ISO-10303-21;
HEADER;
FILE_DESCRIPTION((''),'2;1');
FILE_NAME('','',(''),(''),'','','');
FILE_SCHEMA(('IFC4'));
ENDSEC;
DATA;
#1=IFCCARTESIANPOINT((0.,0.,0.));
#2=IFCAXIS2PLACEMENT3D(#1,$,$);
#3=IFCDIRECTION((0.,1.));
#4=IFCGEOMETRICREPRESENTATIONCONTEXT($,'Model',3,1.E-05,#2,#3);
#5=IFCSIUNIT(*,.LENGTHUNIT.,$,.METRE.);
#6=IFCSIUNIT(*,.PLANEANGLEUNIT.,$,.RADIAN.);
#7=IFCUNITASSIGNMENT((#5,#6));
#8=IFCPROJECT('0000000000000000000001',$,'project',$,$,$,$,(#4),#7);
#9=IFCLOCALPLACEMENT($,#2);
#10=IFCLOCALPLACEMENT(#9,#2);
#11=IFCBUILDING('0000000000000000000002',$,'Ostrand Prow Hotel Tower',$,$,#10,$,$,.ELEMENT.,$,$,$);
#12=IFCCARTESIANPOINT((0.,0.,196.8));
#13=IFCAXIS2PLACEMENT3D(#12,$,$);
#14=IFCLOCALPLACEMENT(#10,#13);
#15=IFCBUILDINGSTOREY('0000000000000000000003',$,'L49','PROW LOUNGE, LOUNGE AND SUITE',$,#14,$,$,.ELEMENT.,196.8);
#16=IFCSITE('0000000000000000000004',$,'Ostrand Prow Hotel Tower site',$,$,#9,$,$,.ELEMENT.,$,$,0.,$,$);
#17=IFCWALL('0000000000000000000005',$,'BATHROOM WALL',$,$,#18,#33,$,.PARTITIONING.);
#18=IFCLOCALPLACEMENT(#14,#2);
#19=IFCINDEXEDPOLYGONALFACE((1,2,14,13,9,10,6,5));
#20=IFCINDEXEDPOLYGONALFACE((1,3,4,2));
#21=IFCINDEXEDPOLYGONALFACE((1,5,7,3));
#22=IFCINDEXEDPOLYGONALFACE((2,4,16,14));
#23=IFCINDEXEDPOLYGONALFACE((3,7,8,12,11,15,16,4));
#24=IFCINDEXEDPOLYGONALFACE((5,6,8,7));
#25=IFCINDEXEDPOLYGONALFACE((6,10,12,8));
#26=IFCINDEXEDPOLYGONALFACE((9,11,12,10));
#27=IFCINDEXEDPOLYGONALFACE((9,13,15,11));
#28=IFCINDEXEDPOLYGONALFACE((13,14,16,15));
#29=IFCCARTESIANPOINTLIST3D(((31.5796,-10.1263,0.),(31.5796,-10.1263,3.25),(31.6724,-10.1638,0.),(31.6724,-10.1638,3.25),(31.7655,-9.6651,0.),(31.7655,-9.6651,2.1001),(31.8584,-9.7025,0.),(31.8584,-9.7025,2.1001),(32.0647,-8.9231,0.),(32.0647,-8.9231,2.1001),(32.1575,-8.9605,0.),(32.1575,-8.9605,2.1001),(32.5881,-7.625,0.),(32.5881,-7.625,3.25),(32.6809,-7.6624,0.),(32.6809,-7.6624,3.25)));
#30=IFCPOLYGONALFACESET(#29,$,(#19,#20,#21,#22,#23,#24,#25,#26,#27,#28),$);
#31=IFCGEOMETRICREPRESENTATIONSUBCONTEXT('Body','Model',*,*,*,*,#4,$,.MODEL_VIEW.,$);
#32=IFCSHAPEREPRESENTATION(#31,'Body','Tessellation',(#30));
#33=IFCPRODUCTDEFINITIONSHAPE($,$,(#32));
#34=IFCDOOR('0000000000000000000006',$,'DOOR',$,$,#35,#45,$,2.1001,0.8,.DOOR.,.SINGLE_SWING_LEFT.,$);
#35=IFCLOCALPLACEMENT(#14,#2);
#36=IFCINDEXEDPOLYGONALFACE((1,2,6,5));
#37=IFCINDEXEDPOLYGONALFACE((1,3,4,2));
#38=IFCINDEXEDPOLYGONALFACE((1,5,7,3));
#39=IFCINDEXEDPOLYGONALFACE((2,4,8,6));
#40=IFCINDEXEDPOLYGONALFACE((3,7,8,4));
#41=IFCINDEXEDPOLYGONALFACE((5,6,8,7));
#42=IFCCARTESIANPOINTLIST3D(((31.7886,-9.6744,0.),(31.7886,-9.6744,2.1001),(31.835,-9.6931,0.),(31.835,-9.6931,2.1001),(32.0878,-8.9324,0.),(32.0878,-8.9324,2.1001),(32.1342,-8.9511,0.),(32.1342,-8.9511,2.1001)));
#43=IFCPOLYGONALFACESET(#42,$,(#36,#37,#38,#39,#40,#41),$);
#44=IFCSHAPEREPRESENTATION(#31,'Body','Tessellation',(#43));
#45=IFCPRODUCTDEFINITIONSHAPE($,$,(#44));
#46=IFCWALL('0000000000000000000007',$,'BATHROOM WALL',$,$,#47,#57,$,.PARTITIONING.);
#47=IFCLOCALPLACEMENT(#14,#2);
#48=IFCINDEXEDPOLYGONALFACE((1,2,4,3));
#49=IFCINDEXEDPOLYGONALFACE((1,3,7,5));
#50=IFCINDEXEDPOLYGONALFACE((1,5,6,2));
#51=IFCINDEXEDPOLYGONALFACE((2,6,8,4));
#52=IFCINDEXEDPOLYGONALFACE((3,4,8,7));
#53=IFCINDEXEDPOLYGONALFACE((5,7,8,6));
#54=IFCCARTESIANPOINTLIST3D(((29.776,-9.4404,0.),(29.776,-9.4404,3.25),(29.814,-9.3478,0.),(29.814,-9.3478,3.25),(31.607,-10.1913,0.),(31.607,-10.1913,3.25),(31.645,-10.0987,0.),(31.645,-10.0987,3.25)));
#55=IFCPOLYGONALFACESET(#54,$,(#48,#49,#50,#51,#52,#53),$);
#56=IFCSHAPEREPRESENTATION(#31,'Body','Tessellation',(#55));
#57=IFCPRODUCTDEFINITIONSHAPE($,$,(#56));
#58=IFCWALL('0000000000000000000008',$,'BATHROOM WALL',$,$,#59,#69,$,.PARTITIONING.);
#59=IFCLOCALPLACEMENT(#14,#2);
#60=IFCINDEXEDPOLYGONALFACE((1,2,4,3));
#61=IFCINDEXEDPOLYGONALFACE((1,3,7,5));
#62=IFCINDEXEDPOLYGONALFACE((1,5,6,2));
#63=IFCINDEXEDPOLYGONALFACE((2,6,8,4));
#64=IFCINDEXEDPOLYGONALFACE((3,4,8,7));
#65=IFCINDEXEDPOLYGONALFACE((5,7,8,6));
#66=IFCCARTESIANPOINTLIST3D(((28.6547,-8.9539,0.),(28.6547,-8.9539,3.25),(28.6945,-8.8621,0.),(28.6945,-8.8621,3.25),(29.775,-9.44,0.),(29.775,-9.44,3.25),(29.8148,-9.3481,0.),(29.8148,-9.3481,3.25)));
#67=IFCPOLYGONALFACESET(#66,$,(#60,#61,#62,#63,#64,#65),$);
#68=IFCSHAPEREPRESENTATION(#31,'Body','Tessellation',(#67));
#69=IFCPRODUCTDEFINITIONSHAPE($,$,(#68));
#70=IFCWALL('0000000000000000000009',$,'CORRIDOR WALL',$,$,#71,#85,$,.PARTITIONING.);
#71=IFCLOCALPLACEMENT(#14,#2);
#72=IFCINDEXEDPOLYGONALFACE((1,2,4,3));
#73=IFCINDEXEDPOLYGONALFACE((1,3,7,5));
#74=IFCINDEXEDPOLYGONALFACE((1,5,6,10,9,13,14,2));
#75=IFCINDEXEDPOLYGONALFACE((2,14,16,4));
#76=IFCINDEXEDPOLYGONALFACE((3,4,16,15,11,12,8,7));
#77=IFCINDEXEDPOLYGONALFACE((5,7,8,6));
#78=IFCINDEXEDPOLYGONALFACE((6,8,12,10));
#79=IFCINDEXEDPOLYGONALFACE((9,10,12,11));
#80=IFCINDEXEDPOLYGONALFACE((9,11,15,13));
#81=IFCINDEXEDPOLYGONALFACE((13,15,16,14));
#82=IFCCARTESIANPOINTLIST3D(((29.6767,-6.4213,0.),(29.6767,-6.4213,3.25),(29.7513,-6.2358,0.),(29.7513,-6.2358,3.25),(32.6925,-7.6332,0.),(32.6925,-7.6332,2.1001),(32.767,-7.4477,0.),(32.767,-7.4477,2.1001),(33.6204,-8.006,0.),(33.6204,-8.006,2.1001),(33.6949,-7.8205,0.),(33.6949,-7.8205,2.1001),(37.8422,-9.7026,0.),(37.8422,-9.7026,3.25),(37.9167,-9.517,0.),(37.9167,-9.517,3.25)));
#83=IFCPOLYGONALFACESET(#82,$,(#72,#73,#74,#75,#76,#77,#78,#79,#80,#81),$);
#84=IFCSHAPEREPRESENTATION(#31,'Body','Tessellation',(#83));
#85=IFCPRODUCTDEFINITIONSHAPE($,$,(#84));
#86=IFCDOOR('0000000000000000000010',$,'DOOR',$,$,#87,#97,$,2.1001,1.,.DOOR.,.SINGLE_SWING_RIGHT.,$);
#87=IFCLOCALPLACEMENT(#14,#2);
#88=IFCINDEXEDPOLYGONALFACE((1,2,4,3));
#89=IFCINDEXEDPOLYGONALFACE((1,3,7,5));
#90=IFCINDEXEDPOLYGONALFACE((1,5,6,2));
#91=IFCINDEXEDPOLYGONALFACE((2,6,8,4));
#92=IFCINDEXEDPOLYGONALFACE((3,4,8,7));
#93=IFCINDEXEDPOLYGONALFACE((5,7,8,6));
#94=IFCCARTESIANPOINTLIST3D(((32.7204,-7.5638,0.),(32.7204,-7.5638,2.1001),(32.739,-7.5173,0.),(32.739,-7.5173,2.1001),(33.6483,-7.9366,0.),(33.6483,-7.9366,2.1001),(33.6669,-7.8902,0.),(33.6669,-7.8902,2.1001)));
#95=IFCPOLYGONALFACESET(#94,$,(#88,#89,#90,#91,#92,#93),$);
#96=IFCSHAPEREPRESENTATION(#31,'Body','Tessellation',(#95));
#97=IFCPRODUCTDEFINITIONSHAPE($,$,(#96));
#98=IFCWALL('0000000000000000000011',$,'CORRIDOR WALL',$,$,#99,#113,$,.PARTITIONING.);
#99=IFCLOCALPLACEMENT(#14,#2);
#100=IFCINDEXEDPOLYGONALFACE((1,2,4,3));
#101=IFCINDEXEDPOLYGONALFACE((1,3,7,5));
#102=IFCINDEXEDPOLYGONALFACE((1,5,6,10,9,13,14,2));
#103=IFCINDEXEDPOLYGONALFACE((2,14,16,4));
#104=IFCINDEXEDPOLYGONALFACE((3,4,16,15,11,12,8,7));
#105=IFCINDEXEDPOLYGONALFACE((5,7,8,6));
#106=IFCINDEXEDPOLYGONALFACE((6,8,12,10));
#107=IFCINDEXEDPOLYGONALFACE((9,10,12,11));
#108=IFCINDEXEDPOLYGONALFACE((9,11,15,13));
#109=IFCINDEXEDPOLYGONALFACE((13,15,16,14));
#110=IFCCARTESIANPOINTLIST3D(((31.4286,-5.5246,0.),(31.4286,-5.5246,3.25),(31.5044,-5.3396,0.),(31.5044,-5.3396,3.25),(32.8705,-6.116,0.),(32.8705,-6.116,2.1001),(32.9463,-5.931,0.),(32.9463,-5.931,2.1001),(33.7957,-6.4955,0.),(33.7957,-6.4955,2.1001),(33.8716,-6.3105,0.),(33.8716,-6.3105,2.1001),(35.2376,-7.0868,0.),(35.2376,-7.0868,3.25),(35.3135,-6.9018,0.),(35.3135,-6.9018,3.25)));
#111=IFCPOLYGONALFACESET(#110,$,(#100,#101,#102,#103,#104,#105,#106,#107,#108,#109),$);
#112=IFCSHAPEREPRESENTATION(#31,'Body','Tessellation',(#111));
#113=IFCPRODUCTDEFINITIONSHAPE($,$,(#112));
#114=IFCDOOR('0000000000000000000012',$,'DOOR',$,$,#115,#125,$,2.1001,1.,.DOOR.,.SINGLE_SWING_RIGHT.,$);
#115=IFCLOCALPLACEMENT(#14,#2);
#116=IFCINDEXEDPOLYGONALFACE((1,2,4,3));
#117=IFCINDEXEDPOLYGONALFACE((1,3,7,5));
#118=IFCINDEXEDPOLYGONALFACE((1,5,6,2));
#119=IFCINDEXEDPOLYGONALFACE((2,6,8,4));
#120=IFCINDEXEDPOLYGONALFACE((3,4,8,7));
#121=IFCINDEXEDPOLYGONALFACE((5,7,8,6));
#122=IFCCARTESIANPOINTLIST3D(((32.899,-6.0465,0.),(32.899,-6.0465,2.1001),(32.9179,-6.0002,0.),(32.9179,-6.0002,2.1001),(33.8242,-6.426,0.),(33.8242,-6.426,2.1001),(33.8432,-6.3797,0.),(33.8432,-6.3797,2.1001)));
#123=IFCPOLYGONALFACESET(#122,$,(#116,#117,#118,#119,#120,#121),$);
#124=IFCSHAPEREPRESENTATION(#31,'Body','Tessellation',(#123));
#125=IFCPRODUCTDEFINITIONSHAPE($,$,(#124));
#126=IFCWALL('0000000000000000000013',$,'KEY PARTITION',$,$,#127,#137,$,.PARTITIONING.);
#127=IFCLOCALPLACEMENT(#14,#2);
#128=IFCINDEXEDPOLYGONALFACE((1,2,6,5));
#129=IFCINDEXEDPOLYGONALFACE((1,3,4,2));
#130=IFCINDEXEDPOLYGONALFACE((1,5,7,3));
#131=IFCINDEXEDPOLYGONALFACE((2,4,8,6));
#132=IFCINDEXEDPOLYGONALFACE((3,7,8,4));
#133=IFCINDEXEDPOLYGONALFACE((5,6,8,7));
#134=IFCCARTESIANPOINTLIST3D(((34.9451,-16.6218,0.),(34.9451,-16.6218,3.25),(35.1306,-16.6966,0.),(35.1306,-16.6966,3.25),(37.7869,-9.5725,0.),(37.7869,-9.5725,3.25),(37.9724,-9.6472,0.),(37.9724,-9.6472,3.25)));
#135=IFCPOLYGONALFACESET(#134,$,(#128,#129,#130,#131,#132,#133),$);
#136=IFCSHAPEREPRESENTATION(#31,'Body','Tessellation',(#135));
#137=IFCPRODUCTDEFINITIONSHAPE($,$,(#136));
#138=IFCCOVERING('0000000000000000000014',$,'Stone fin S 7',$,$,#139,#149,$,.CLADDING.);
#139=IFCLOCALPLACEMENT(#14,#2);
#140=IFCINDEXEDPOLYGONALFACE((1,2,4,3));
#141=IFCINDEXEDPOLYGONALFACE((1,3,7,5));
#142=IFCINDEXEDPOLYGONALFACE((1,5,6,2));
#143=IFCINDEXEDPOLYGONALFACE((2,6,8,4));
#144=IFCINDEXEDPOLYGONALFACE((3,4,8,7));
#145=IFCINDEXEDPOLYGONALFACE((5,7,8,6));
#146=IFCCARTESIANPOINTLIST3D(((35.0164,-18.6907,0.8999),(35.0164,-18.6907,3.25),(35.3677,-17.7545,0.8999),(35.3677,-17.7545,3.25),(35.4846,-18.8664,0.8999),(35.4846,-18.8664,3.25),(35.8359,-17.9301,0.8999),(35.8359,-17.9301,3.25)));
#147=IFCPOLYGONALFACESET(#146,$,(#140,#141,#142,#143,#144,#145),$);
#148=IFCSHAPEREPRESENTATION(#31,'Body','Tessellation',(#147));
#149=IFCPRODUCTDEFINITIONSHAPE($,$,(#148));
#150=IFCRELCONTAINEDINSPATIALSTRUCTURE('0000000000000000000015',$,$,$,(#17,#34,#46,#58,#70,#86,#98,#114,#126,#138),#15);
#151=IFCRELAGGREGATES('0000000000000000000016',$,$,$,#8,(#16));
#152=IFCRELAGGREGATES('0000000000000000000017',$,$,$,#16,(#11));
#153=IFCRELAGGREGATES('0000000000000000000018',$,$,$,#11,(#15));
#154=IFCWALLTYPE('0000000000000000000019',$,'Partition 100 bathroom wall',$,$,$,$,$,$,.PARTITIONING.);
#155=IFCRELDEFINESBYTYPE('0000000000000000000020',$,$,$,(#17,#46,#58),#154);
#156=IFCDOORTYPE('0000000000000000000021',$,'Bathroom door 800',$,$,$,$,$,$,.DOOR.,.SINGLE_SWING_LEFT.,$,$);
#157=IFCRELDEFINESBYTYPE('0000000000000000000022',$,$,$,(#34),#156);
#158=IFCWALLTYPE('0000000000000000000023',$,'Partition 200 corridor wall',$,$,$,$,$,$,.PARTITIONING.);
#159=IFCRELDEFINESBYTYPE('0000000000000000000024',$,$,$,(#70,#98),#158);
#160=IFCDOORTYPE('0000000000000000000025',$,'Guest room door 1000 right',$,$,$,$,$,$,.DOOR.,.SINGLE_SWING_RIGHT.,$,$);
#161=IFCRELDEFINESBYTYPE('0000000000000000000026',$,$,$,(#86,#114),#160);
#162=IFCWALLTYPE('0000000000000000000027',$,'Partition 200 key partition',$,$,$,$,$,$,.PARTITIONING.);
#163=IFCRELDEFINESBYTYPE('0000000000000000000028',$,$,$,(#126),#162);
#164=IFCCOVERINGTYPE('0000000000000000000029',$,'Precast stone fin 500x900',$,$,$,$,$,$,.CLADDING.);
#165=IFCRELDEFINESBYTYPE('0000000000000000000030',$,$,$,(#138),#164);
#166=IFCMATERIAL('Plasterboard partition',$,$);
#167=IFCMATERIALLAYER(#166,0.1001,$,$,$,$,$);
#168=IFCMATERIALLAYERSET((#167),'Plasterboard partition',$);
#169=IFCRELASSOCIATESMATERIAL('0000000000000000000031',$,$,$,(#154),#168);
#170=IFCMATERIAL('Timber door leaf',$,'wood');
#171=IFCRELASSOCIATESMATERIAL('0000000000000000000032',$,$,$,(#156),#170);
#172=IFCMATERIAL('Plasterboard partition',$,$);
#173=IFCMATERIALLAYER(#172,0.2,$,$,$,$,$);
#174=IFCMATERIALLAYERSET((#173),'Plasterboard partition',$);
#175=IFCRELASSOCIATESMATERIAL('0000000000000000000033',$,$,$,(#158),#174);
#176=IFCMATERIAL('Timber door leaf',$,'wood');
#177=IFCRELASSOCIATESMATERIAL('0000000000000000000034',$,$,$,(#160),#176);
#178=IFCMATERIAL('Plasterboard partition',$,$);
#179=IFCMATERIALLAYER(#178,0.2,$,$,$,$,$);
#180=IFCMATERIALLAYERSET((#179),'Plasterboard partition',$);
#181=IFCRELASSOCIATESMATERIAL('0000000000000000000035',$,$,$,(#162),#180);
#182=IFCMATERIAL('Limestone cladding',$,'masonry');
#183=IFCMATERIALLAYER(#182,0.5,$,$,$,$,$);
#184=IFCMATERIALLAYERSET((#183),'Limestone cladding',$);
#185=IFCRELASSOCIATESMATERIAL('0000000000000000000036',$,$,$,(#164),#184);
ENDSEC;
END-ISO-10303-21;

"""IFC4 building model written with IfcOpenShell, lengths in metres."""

from ifc_helpers import new_model, si_unit, direction, frame, frame_2d, origin, place, context, subcontext, project, spatial, rectangle, extrude, material, layer, layer_set, type_object, element, fill, save


model = new_model("IFC4")

# Units and contexts
model_context = context("Model", 3, precision=1e-05, world=origin(), true_north=direction((0.0, 1.0)))
body_context = subcontext(model_context, "Body", "Model", "MODEL_VIEW")
ifc_project = project(units=[si_unit("LENGTHUNIT", "METRE"), si_unit("PLANEANGLEUNIT", "RADIAN")], contexts=[model_context])

# Site, building, storey
site_placement = place(None, origin())
site = spatial("IfcSite", under=ifc_project, at=site_placement, Name="Ostrand Prow Hotel Tower site", CompositionType="ELEMENT", RefElevation=0.0)
building_placement = place(site_placement, origin())
building = spatial("IfcBuilding", under=site, at=building_placement, Name="Ostrand Prow Hotel Tower", CompositionType="ELEMENT")
storey_placement = place(building_placement, frame((0.0, 0.0, 196.8)))
storey = spatial("IfcBuildingStorey", under=building, at=storey_placement, Name="L49", Description="PROW LOUNGE, LOUNGE AND SUITE", CompositionType="ELEMENT", Elevation=196.8)

# Wall, opening, door
ifc_material_1 = material(Name="Plasterboard partition")
ifc_layer_1 = layer(ifc_material_1, 0.1001)
ifc_layer_set_1 = layer_set([ifc_layer_1], Name="Plasterboard partition")
wall_type_1 = type_object("IfcWallType", Name="Partition 100 bathroom wall", PredefinedType="PARTITIONING", material=ifc_layer_set_1)
ifc_material_2 = material(Name="Timber door leaf", Category="wood")
door_type_1 = type_object("IfcDoorType", Name="Bathroom door 800", OperationType="SINGLE_SWING_LEFT", PredefinedType="DOOR", material=ifc_material_2)
wall_1_placement = place(storey_placement, frame((32.6345, -7.6436, 0.0), z_axis=(0.0, 0.0, 1.0), x_axis=(-0.373933, -0.927456, 0.0)))
wall_1 = element("IfcWall", 1, at=wall_1_placement, inside=storey, type_object=wall_type_1, Name="BATHROOM WALL", PredefinedType="PARTITIONING", context=body_context, shape_type="SweptSolid", body=[
    extrude(rectangle(XDim=2.697, YDim=0.1001, at=frame_2d((1.3486, 0.0))), origin(), (0.0, 0.0, 1.0), 3.25),
])
opening_1_placement = place(wall_1_placement, frame((1.3999, 0.0, 0.0)))
opening_1 = element("IfcOpeningElement", 2, at=opening_1_placement, cuts=wall_1, PredefinedType="OPENING", context=body_context, shape_type="SweptSolid", body=[
    extrude(rectangle(XDim=0.8, YDim=2.1001, at=frame_2d((0.3999, 1.05))), frame((0.0, 0.0601, 0.0), z_axis=(0.0, -1.0, 0.0), x_axis=(1.0, 0.0, 0.0)), (0.0, 0.0, 1.0), 0.1201),
])
door_1_placement = place(opening_1_placement, origin())
door_1 = element("IfcDoor", 3, at=door_1_placement, inside=storey, type_object=door_type_1, Name="DOOR", OperationType="SINGLE_SWING_LEFT", OverallHeight=2.1001, OverallWidth=0.8, PredefinedType="DOOR", context=body_context, shape_type="SweptSolid", body=[
    extrude(rectangle(XDim=0.8, YDim=2.1001, at=frame_2d((0.3999, 1.05))), frame((0.0, 0.0249, 0.0), z_axis=(0.0, -1.0, 0.0), x_axis=(1.0, 0.0, 0.0)), (0.0, 0.0, 1.0), 0.05),
])
fill(opening_1, door_1)

# Walls
wall_2_placement = place(storey_placement, frame((31.626, -10.145, 0.0), z_axis=(0.0, 0.0, 1.0), x_axis=(-0.925209, 0.379459, 0.0)))
element("IfcWall", 4, at=wall_2_placement, inside=storey, type_object=wall_type_1, Name="BATHROOM WALL", PredefinedType="PARTITIONING", context=body_context, shape_type="SweptSolid", body=[
    extrude(rectangle(XDim=1.979, YDim=0.1001, at=frame_2d((0.9895, 0.0))), origin(), (0.0, 0.0, 1.0), 3.25),
])
wall_3_placement = place(storey_placement, frame((29.7949, -9.394, 0.0), z_axis=(0.0, 0.0, 1.0), x_axis=(-0.917378, 0.398017, 0.0)))
element("IfcWall", 5, at=wall_3_placement, inside=storey, type_object=wall_type_1, Name="BATHROOM WALL", PredefinedType="PARTITIONING", context=body_context, shape_type="SweptSolid", body=[
    extrude(rectangle(XDim=1.2212, YDim=0.1001, at=frame_2d((0.6106, 0.0))), origin(), (0.0, 0.0, 1.0), 3.25),
])

# Walls, openings, doors
ifc_material_3 = material(Name="Plasterboard partition")
ifc_layer_2 = layer(ifc_material_3, 0.2)
ifc_layer_set_2 = layer_set([ifc_layer_2], Name="Plasterboard partition")
wall_type_2 = type_object("IfcWallType", Name="Partition 200 corridor wall", PredefinedType="PARTITIONING", material=ifc_layer_set_2)
wall_4_placement = place(storey_placement, frame((29.7141, -6.3286, 0.0), z_axis=(0.0, 0.0, 1.0), x_axis=(0.927886, -0.372863, 0.0)))
wall_4 = element("IfcWall", 6, at=wall_4_placement, inside=storey, type_object=wall_type_2, Name="CORRIDOR WALL", PredefinedType="PARTITIONING", context=body_context, shape_type="SweptSolid", body=[
    extrude(rectangle(XDim=8.8, YDim=0.2, at=frame_2d((4.3999, 0.0))), origin(), (0.0, 0.0, 1.0), 3.25),
])
opening_2_placement = place(wall_4_placement, frame((3.25, 0.0, 0.0)))
opening_2 = element("IfcOpeningElement", 7, at=opening_2_placement, cuts=wall_4, PredefinedType="OPENING", context=body_context, shape_type="SweptSolid", body=[
    extrude(rectangle(XDim=1.0, YDim=2.1001, at=frame_2d((0.5, 1.05))), frame((0.0, 0.1099, 0.0), z_axis=(0.0, -1.0, 0.0), x_axis=(1.0, 0.0, 0.0)), (0.0, 0.0, 1.0), 0.22),
])
ifc_material_4 = material(Name="Timber door leaf", Category="wood")
door_type_2 = type_object("IfcDoorType", Name="Guest room door 1000 right", OperationType="SINGLE_SWING_RIGHT", PredefinedType="DOOR", material=ifc_material_4)
door_2_placement = place(opening_2_placement, origin())
door_2 = element("IfcDoor", 8, at=door_2_placement, inside=storey, type_object=door_type_2, Name="DOOR", OperationType="SINGLE_SWING_RIGHT", OverallHeight=2.1001, OverallWidth=1.0, PredefinedType="DOOR", context=body_context, shape_type="SweptSolid", body=[
    extrude(rectangle(XDim=1.0, YDim=2.1001, at=frame_2d((0.5, 1.05))), frame((0.0, 0.0249, 0.0), z_axis=(0.0, -1.0, 0.0), x_axis=(1.0, 0.0, 0.0)), (0.0, 0.0, 1.0), 0.05),
])
fill(opening_2, door_2)
wall_5_placement = place(storey_placement, frame((35.2756, -6.9944, 0.0), z_axis=(0.0, 0.0, 1.0), x_axis=(-0.925207, 0.379464, 0.0)))
wall_5 = element("IfcWall", 9, at=wall_5_placement, inside=storey, type_object=wall_type_2, Name="CORRIDOR WALL", PredefinedType="PARTITIONING", context=body_context, shape_type="SweptSolid", body=[
    extrude(rectangle(XDim=4.1169, YDim=0.2, at=frame_2d((2.0586, 0.0))), origin(), (0.0, 0.0, 1.0), 3.25),
])
opening_3_placement = place(wall_5_placement, frame((1.5586, 0.0, 0.0)))
opening_3 = element("IfcOpeningElement", 10, at=opening_3_placement, cuts=wall_5, PredefinedType="OPENING", context=body_context, shape_type="SweptSolid", body=[
    extrude(rectangle(XDim=1.0, YDim=2.1001, at=frame_2d((0.5, 1.05))), frame((0.0, 0.1099, 0.0), z_axis=(0.0, -1.0, 0.0), x_axis=(1.0, 0.0, 0.0)), (0.0, 0.0, 1.0), 0.22),
])
door_3_placement = place(opening_3_placement, origin())
door_3 = element("IfcDoor", 11, at=door_3_placement, inside=storey, type_object=door_type_2, Name="DOOR", OperationType="SINGLE_SWING_RIGHT", OverallHeight=2.1001, OverallWidth=1.0, PredefinedType="DOOR", context=body_context, shape_type="SweptSolid", body=[
    extrude(rectangle(XDim=1.0, YDim=2.1001, at=frame_2d((0.5, 1.05))), frame((0.0, 0.0249, 0.0), z_axis=(0.0, -1.0, 0.0), x_axis=(1.0, 0.0, 0.0)), (0.0, 0.0, 1.0), 0.05),
])
fill(opening_3, door_3)

# Wall
ifc_material_5 = material(Name="Plasterboard partition")
ifc_layer_3 = layer(ifc_material_5, 0.2)
ifc_layer_set_3 = layer_set([ifc_layer_3], Name="Plasterboard partition")
wall_type_3 = type_object("IfcWallType", Name="Partition 200 key partition", PredefinedType="PARTITIONING", material=ifc_layer_set_3)
wall_6_placement = place(storey_placement, frame((35.0378, -16.6592, 0.0), z_axis=(0.0, 0.0, 1.0), x_axis=(0.373893, 0.927472, 0.0)))
element("IfcWall", 12, at=wall_6_placement, inside=storey, type_object=wall_type_3, Name="KEY PARTITION", PredefinedType="PARTITIONING", context=body_context, shape_type="SweptSolid", body=[
    extrude(rectangle(XDim=7.6006, YDim=0.2, at=frame_2d((3.8003, 0.0))), origin(), (0.0, 0.0, 1.0), 3.25),
])

# Covering
ifc_material_6 = material(Name="Limestone cladding", Category="masonry")
ifc_layer_4 = layer(ifc_material_6, 0.5)
ifc_layer_set_4 = layer_set([ifc_layer_4], Name="Limestone cladding")
covering_type = type_object("IfcCoveringType", Name="Precast stone fin 500x900", PredefinedType="CLADDING", material=ifc_layer_set_4)
covering_placement = place(storey_placement, frame((35.6018, -17.8423, 0.8999), z_axis=(0.0, 0.0, 1.0), x_axis=(-0.351311, -0.936259, 0.0)))
element("IfcCovering", 13, at=covering_placement, inside=storey, type_object=covering_type, Name="Stone fin S 7", PredefinedType="CLADDING", context=body_context, shape_type="SweptSolid", body=[
    extrude(rectangle(XDim=1.0, YDim=0.5, at=frame_2d((0.5, 0.0))), origin(), (0.0, 0.0, 1.0), 2.3501),
])

save(model, "model.ifc")
